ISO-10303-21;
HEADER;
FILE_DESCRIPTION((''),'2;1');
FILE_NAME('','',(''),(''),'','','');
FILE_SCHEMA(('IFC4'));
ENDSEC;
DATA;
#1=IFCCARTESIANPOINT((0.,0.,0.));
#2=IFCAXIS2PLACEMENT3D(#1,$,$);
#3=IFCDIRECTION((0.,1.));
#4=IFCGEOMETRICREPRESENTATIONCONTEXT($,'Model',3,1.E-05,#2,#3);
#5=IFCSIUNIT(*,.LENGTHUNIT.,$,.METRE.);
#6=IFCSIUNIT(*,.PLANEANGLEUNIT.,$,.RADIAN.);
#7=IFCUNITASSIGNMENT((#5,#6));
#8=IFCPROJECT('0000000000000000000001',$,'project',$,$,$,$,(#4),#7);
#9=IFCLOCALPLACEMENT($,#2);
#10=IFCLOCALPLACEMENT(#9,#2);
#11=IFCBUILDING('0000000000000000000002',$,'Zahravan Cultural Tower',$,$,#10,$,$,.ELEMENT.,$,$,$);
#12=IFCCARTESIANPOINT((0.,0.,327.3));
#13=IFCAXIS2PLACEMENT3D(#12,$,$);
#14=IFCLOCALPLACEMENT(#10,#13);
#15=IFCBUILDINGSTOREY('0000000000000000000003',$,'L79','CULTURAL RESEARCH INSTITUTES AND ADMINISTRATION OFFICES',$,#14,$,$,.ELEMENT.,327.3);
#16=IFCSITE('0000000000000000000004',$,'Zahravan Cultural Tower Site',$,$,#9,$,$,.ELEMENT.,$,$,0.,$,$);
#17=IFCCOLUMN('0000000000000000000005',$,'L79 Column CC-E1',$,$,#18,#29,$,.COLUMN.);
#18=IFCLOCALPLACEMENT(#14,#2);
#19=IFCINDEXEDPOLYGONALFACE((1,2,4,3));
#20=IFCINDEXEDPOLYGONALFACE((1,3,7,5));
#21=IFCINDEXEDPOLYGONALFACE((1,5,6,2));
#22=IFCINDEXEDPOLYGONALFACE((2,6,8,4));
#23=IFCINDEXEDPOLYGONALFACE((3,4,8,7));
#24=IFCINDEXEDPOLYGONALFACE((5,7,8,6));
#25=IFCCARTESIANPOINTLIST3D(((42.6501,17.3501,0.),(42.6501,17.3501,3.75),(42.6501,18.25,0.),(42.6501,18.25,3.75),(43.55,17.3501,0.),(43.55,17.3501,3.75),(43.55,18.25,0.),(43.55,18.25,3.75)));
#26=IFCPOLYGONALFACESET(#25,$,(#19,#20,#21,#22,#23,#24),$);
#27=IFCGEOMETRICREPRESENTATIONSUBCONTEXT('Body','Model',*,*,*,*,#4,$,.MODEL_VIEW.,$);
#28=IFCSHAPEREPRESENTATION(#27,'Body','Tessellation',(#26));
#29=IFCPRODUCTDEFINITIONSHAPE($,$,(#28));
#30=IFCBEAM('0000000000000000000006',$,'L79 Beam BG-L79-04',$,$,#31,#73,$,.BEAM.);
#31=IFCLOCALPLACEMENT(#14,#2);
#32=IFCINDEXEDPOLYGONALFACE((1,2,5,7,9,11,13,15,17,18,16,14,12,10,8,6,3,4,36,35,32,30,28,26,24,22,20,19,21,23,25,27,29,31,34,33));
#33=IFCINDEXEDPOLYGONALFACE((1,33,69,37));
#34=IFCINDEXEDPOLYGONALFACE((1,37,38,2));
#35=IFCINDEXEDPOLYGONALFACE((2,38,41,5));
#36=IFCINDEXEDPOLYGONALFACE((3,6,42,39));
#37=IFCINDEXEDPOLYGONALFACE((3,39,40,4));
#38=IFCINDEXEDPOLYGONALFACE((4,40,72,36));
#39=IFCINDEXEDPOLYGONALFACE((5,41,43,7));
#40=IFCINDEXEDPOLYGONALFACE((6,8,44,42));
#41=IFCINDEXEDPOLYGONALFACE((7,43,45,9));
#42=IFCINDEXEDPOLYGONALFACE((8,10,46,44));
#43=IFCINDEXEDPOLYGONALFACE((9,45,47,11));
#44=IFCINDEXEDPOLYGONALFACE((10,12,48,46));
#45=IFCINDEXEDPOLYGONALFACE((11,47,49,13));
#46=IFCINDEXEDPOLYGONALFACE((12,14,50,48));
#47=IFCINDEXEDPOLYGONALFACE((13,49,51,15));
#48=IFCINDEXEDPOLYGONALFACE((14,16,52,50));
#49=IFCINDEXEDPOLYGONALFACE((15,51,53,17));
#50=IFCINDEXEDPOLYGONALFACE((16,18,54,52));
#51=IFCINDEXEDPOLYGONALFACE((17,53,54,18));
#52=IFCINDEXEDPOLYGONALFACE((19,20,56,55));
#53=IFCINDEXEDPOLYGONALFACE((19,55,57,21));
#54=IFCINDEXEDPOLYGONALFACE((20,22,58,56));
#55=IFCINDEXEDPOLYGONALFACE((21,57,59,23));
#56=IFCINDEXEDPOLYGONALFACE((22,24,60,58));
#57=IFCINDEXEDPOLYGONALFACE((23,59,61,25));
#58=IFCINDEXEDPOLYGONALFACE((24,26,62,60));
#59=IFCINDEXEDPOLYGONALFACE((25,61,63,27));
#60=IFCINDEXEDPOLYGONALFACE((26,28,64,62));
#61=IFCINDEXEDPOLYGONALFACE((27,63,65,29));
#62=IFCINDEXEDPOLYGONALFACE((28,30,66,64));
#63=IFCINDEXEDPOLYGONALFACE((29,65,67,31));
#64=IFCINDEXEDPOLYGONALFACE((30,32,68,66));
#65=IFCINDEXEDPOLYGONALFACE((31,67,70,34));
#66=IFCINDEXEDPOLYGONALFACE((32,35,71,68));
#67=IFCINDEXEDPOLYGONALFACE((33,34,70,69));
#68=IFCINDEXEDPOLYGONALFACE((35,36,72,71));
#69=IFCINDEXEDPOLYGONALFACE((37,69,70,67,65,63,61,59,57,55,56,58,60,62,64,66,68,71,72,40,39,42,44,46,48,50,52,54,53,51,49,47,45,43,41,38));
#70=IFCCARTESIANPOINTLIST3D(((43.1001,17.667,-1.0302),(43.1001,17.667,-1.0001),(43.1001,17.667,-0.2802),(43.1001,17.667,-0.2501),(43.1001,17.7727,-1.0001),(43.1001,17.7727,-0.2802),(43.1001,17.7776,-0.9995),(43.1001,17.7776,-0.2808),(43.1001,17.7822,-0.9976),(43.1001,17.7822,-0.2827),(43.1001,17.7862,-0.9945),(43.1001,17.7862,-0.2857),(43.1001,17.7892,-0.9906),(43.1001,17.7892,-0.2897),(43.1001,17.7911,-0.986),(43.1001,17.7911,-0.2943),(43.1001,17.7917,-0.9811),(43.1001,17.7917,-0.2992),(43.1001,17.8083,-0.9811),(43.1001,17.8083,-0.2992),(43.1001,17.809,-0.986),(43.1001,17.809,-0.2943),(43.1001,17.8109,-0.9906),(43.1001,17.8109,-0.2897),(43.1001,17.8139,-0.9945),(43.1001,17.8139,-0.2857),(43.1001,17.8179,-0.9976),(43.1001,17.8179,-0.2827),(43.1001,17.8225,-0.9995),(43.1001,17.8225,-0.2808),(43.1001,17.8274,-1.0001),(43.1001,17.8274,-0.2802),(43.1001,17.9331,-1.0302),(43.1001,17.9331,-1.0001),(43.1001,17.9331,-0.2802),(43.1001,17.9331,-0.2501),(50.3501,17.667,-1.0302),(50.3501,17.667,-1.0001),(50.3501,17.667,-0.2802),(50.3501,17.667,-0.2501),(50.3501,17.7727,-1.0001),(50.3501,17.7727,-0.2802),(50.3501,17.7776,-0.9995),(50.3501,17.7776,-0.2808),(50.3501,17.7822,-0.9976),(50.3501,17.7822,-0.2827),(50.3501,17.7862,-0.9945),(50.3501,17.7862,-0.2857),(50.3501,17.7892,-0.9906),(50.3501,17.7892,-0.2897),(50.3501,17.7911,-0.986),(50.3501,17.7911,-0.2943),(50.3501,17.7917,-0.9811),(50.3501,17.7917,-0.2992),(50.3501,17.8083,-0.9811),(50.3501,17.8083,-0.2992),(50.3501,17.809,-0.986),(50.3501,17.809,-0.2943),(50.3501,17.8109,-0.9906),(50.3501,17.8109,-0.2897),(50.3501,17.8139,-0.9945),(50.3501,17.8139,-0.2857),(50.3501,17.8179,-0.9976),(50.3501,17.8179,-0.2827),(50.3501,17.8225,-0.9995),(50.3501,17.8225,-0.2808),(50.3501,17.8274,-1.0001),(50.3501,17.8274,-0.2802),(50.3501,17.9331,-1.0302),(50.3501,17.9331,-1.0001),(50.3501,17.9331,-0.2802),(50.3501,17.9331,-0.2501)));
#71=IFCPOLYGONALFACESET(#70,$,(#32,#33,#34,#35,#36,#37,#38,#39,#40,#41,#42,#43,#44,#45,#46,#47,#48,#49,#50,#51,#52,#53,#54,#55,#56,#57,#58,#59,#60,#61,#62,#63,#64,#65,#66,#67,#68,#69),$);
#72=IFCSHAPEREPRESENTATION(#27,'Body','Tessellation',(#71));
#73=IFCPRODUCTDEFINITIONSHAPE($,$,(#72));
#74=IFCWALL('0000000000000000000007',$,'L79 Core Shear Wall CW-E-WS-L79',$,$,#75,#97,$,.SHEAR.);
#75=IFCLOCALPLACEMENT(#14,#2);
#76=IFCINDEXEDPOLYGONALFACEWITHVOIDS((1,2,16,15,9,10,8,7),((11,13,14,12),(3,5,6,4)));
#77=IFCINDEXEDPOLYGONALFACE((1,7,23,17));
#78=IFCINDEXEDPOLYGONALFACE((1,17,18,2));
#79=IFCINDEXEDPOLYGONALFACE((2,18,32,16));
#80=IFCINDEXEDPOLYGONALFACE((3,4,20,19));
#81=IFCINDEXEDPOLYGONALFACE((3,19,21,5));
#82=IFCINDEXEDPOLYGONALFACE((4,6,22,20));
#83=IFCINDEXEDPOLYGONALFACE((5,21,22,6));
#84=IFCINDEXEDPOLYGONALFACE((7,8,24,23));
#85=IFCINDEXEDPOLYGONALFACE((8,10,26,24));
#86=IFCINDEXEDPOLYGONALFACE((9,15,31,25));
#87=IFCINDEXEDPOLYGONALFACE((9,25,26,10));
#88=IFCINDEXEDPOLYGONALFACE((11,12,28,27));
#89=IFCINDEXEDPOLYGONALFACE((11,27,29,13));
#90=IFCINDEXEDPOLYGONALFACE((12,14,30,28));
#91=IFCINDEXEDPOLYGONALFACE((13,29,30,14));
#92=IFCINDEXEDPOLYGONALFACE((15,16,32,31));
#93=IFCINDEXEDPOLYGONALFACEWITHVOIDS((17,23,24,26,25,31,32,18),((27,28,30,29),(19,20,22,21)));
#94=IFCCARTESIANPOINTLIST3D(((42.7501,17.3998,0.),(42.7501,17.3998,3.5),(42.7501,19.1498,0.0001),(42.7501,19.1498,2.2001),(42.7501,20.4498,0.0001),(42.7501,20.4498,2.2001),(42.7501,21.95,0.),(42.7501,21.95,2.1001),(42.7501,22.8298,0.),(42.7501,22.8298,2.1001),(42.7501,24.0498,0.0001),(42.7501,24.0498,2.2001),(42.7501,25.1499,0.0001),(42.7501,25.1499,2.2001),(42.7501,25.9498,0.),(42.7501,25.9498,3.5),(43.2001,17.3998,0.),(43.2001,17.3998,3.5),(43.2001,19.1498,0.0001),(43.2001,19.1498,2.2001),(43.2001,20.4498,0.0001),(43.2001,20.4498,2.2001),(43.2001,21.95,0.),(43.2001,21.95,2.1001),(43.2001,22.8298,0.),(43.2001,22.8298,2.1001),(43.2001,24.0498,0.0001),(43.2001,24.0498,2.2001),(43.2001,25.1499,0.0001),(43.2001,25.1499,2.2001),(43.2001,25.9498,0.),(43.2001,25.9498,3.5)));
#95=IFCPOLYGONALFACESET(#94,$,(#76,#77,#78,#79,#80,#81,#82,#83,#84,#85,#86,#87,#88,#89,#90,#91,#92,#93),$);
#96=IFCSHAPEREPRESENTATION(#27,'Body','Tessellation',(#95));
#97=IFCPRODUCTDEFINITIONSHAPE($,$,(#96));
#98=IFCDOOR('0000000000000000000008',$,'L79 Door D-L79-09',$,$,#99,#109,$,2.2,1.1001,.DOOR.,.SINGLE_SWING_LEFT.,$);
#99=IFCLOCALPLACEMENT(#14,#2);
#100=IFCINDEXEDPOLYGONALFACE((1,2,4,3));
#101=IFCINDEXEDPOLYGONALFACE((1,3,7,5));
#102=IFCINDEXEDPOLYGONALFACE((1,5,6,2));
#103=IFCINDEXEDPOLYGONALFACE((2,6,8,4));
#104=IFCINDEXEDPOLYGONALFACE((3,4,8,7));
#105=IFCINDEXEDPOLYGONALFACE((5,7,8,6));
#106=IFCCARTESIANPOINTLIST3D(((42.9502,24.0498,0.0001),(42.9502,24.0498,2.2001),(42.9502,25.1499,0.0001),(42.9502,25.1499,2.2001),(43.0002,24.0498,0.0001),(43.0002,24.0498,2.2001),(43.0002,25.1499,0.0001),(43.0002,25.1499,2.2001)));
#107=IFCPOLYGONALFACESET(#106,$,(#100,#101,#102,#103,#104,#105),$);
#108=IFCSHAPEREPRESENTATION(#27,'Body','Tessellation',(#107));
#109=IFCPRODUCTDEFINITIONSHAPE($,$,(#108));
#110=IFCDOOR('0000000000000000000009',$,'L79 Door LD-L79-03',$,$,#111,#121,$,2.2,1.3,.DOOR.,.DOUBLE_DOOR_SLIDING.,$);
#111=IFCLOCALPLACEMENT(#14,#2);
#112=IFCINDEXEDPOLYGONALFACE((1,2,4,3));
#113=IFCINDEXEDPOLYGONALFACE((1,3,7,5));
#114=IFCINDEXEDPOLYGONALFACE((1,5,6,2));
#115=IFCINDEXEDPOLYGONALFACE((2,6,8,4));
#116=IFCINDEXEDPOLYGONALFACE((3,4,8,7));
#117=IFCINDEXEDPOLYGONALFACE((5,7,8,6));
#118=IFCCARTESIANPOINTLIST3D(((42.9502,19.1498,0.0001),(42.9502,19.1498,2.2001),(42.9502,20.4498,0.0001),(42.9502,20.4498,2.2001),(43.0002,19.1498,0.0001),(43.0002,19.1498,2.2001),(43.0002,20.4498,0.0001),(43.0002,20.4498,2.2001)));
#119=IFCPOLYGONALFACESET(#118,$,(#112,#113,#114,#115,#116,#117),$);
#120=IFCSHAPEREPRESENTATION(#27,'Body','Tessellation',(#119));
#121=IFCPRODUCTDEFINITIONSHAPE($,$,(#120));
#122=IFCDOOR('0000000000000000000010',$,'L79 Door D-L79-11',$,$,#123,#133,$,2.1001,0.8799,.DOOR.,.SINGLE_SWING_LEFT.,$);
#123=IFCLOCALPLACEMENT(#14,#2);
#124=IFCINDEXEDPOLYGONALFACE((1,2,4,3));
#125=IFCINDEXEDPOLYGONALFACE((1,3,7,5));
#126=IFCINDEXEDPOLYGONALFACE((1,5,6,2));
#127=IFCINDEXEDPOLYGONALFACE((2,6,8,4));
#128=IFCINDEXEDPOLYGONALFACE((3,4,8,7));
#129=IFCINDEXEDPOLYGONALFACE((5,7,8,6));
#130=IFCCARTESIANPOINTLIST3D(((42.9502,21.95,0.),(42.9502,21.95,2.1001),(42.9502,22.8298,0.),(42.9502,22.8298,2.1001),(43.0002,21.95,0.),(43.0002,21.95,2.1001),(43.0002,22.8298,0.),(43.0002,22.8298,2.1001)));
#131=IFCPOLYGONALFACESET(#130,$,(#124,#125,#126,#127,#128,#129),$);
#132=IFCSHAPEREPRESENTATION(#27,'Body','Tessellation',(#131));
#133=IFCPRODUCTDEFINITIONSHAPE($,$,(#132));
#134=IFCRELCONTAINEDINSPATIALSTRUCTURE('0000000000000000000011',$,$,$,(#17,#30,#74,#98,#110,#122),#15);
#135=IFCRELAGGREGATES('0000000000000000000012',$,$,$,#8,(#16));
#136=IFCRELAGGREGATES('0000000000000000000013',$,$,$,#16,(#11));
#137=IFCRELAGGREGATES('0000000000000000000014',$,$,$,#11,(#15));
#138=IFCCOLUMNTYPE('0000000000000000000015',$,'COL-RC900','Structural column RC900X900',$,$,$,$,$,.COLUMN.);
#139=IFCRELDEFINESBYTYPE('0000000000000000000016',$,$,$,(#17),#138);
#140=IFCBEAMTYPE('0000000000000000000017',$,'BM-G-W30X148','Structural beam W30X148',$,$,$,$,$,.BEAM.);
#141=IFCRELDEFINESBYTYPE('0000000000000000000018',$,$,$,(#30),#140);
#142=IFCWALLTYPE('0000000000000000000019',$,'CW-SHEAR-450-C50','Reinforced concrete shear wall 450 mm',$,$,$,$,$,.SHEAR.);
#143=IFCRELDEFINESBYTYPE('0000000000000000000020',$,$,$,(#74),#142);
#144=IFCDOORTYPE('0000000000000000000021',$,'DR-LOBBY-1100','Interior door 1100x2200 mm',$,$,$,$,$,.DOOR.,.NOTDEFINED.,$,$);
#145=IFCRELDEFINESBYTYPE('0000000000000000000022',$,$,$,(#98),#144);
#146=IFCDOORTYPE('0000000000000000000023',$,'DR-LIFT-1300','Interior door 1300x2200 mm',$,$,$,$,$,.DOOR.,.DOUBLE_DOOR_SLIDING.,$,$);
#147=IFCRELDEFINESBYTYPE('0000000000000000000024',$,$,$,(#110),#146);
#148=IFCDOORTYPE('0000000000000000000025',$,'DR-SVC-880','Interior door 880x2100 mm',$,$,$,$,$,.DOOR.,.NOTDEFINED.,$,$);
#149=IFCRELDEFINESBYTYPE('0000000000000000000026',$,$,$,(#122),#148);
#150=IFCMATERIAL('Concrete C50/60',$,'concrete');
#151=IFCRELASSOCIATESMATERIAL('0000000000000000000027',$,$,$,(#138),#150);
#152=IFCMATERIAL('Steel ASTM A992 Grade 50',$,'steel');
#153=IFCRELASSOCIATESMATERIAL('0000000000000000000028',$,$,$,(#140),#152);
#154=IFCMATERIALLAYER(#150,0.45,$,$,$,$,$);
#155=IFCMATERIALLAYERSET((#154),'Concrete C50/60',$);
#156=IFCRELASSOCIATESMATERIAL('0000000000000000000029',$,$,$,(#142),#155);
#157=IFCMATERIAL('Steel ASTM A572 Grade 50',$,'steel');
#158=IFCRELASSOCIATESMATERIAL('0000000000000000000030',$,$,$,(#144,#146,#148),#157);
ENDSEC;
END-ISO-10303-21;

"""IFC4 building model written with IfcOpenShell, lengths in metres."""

from ifc_helpers import new_model, si_unit, direction, frame, frame_2d, origin, origin_2d, place, context, subcontext, project, spatial, rectangle, i_section, extrude, source, transform, mapped, material, layer, layer_set, material_profile, profile_set, type_object, element, fill, save


model = new_model("IFC4")

# Units and contexts
model_context = context("Model", 3, precision=1e-05, world=origin(), true_north=direction((0.0, 1.0)))
body_context = subcontext(model_context, "Body", "Model", "MODEL_VIEW")
ifc_project = project(units=[si_unit("LENGTHUNIT", "METRE"), si_unit("PLANEANGLEUNIT", "RADIAN")], contexts=[model_context])

# Site, building, storey
site_placement = place(None, origin())
site = spatial("IfcSite", under=ifc_project, at=site_placement, Name="Zahravan Cultural Tower Site", CompositionType="ELEMENT", RefElevation=0.0)
building_placement = place(site_placement, origin())
building = spatial("IfcBuilding", under=site, at=building_placement, Name="Zahravan Cultural Tower", CompositionType="ELEMENT")
storey_placement = place(building_placement, frame((0.0, 0.0, 327.3)))
storey = spatial("IfcBuildingStorey", under=building, at=storey_placement, Name="L79", Description="CULTURAL RESEARCH INSTITUTES AND ADMINISTRATION OFFICES", CompositionType="ELEMENT", Elevation=327.3)

# Column
ifc_material_1 = material(Name="Concrete C50/60", Category="concrete")
ifc_material_profile_1 = material_profile(ifc_material_1, rectangle(XDim=0.8999, YDim=0.8999, at=origin_2d()), Name="RC900X900")
ifc_profile_set_1 = profile_set([ifc_material_profile_1], Name="Concrete C50/60")
column_type = type_object("IfcColumnType", Name="COL-RC900", Description="Structural column RC900X900", PredefinedType="COLUMN", material=ifc_profile_set_1)
shared_shape_1 = source(origin(), body_context, "Body", "SweptSolid", [
    extrude(rectangle(XDim=0.8999, YDim=0.8999, at=origin_2d()), origin(), (0.0, 0.0, 1.0), 3.75),
])
column_placement = place(storey_placement, frame((43.1001, 17.8, 0.0), z_axis=(0.0, 0.0, 1.0), x_axis=(1.0, 0.0, 0.0)))
element("IfcColumn", 1, at=column_placement, inside=storey, type_object=column_type, Name="L79 Column CC-E1", PredefinedType="COLUMN", context=body_context, shape_type="MappedRepresentation", body=[
    mapped(shared_shape_1, transform((0.0, 0.0, 0.0), x_axis=(1.0, 0.0, 0.0), y_axis=(0.0, 1.0, 0.0), z_axis=(0.0, 0.0, 1.0), scale=1.0)),
])

# Beam
ifc_material_2 = material(Name="Steel ASTM A992 Grade 50", Category="steel")
ifc_material_profile_2 = material_profile(ifc_material_2, i_section(OverallWidth=0.2661, OverallDepth=0.78, WebThickness=0.0166, FlangeThickness=0.03, FilletRadius=0.019, at=origin_2d()), Name="W30X148")
ifc_profile_set_2 = profile_set([ifc_material_profile_2], Name="Steel ASTM A992 Grade 50")
beam_type = type_object("IfcBeamType", Name="BM-G-W30X148", Description="Structural beam W30X148", PredefinedType="BEAM", material=ifc_profile_set_2)
shared_shape_2 = source(origin(), body_context, "Body", "SweptSolid", [
    extrude(i_section(OverallWidth=0.2661, OverallDepth=0.78, WebThickness=0.0166, FlangeThickness=0.03, FilletRadius=0.019, at=origin_2d()), origin(), (0.0, 0.0, 1.0), 7.25),
])
beam_placement = place(storey_placement, frame((43.1001, 17.8, -0.6401), z_axis=(1.0, 0.0, 0.0), x_axis=(0.0, 1.0, 0.0)))
element("IfcBeam", 2, at=beam_placement, inside=storey, type_object=beam_type, Name="L79 Beam BG-L79-04", PredefinedType="BEAM", context=body_context, shape_type="MappedRepresentation", body=[
    mapped(shared_shape_2, transform((0.0, 0.0, 0.0), x_axis=(1.0, 0.0, 0.0), y_axis=(0.0, 1.0, 0.0), z_axis=(0.0, 0.0, 1.0), scale=1.0)),
])

# Wall, openings, doors
ifc_layer_1 = layer(ifc_material_1, 0.45)
ifc_layer_set_1 = layer_set([ifc_layer_1], Name="Concrete C50/60")
wall_type_1 = type_object("IfcWallType", Name="CW-SHEAR-450-C50", Description="Reinforced concrete shear wall 450 mm", PredefinedType="SHEAR", material=ifc_layer_set_1)
wall_1_placement = place(storey_placement, frame((42.9751, 17.3999, 0.0), z_axis=(0.0, 0.0, 1.0), x_axis=(0.0, 1.0, 0.0)))
wall_1 = element("IfcWall", 3, at=wall_1_placement, inside=storey, type_object=wall_type_1, Name="L79 Core Shear Wall CW-E-WS-L79", PredefinedType="SHEAR", context=body_context, shape_type="SweptSolid", body=[
    extrude(rectangle(XDim=8.55, YDim=0.45, at=frame_2d((4.2749, 0.0))), origin(), (0.0, 0.0, 1.0), 3.5),
])
opening_1_placement = place(wall_1_placement, frame((6.6499, 0.0, 0.0)))
opening_1 = element("IfcOpeningElement", 4, at=opening_1_placement, cuts=wall_1, PredefinedType="OPENING", context=body_context, shape_type="SweptSolid", body=[
    extrude(rectangle(XDim=1.1001, YDim=2.2, at=frame_2d((0.55, 1.1001))), frame((0.0, 0.2349, 0.0), z_axis=(0.0, -1.0, 0.0), x_axis=(1.0, 0.0, 0.0)), (0.0, 0.0, 1.0), 0.47),
])
opening_2_placement = place(wall_1_placement, frame((1.75, 0.0, 0.0)))
opening_2 = element("IfcOpeningElement", 5, at=opening_2_placement, cuts=wall_1, PredefinedType="OPENING", context=body_context, shape_type="SweptSolid", body=[
    extrude(rectangle(XDim=1.3, YDim=2.2, at=frame_2d((0.6499, 1.1001))), frame((0.0, 0.2349, 0.0), z_axis=(0.0, -1.0, 0.0), x_axis=(1.0, 0.0, 0.0)), (0.0, 0.0, 1.0), 0.47),
])
opening_3_placement = place(wall_1_placement, frame((4.55, 0.0, 0.0)))
opening_3 = element("IfcOpeningElement", 6, at=opening_3_placement, cuts=wall_1, PredefinedType="OPENING", context=body_context, shape_type="SweptSolid", body=[
    extrude(rectangle(XDim=0.8799, YDim=2.1001, at=frame_2d((0.4399, 1.05))), frame((0.0, 0.2349, 0.0), z_axis=(0.0, -1.0, 0.0), x_axis=(1.0, 0.0, 0.0)), (0.0, 0.0, 1.0), 0.47),
])
ifc_material_3 = material(Name="Steel ASTM A572 Grade 50", Category="steel")
door_type_1 = type_object("IfcDoorType", Name="DR-LOBBY-1100", Description="Interior door 1100x2200 mm", OperationType="NOTDEFINED", PredefinedType="DOOR", material=ifc_material_3)
shared_shape_3 = source(origin(), body_context, "Body", "SweptSolid", [
    extrude(rectangle(XDim=1.1001, YDim=2.2, at=frame_2d((0.55, 1.1001))), frame((0.0, 0.0249, 0.0), z_axis=(0.0, -1.0, 0.0), x_axis=(1.0, 0.0, 0.0)), (0.0, 0.0, 1.0), 0.05),
])
door_1_placement = place(opening_1_placement, origin())
door_1 = element("IfcDoor", 7, at=door_1_placement, inside=storey, type_object=door_type_1, Name="L79 Door D-L79-09", OperationType="SINGLE_SWING_LEFT", OverallHeight=2.2, OverallWidth=1.1001, PredefinedType="DOOR", context=body_context, shape_type="MappedRepresentation", body=[
    mapped(shared_shape_3, transform((0.0, 0.0, 0.0), x_axis=(1.0, 0.0, 0.0), y_axis=(0.0, 1.0, 0.0), z_axis=(0.0, 0.0, 1.0), scale=1.0)),
])
fill(opening_1, door_1)
door_type_2 = type_object("IfcDoorType", Name="DR-LIFT-1300", Description="Interior door 1300x2200 mm", OperationType="DOUBLE_DOOR_SLIDING", PredefinedType="DOOR", material=ifc_material_3)
shared_shape_4 = source(origin(), body_context, "Body", "SweptSolid", [
    extrude(rectangle(XDim=1.3, YDim=2.2, at=frame_2d((0.6499, 1.1001))), frame((0.0, 0.0249, 0.0), z_axis=(0.0, -1.0, 0.0), x_axis=(1.0, 0.0, 0.0)), (0.0, 0.0, 1.0), 0.05),
])
door_2_placement = place(opening_2_placement, origin())
door_2 = element("IfcDoor", 8, at=door_2_placement, inside=storey, type_object=door_type_2, Name="L79 Door LD-L79-03", OperationType="DOUBLE_DOOR_SLIDING", OverallHeight=2.2, OverallWidth=1.3, PredefinedType="DOOR", context=body_context, shape_type="MappedRepresentation", body=[
    mapped(shared_shape_4, transform((0.0, 0.0, 0.0), x_axis=(1.0, 0.0, 0.0), y_axis=(0.0, 1.0, 0.0), z_axis=(0.0, 0.0, 1.0), scale=1.0)),
])
fill(opening_2, door_2)
door_type_3 = type_object("IfcDoorType", Name="DR-SVC-880", Description="Interior door 880x2100 mm", OperationType="NOTDEFINED", PredefinedType="DOOR", material=ifc_material_3)
shared_shape_5 = source(origin(), body_context, "Body", "SweptSolid", [
    extrude(rectangle(XDim=0.8799, YDim=2.1001, at=frame_2d((0.4399, 1.05))), frame((0.0, 0.0249, 0.0), z_axis=(0.0, -1.0, 0.0), x_axis=(1.0, 0.0, 0.0)), (0.0, 0.0, 1.0), 0.05),
])
door_3_placement = place(opening_3_placement, origin())
door_3 = element("IfcDoor", 9, at=door_3_placement, inside=storey, type_object=door_type_3, Name="L79 Door D-L79-11", OperationType="SINGLE_SWING_LEFT", OverallHeight=2.1001, OverallWidth=0.8799, PredefinedType="DOOR", context=body_context, shape_type="MappedRepresentation", body=[
    mapped(shared_shape_5, transform((0.0, 0.0, 0.0), x_axis=(1.0, 0.0, 0.0), y_axis=(0.0, 1.0, 0.0), z_axis=(0.0, 0.0, 1.0), scale=1.0)),
])
fill(opening_3, door_3)

save(model, "model.ifc")
